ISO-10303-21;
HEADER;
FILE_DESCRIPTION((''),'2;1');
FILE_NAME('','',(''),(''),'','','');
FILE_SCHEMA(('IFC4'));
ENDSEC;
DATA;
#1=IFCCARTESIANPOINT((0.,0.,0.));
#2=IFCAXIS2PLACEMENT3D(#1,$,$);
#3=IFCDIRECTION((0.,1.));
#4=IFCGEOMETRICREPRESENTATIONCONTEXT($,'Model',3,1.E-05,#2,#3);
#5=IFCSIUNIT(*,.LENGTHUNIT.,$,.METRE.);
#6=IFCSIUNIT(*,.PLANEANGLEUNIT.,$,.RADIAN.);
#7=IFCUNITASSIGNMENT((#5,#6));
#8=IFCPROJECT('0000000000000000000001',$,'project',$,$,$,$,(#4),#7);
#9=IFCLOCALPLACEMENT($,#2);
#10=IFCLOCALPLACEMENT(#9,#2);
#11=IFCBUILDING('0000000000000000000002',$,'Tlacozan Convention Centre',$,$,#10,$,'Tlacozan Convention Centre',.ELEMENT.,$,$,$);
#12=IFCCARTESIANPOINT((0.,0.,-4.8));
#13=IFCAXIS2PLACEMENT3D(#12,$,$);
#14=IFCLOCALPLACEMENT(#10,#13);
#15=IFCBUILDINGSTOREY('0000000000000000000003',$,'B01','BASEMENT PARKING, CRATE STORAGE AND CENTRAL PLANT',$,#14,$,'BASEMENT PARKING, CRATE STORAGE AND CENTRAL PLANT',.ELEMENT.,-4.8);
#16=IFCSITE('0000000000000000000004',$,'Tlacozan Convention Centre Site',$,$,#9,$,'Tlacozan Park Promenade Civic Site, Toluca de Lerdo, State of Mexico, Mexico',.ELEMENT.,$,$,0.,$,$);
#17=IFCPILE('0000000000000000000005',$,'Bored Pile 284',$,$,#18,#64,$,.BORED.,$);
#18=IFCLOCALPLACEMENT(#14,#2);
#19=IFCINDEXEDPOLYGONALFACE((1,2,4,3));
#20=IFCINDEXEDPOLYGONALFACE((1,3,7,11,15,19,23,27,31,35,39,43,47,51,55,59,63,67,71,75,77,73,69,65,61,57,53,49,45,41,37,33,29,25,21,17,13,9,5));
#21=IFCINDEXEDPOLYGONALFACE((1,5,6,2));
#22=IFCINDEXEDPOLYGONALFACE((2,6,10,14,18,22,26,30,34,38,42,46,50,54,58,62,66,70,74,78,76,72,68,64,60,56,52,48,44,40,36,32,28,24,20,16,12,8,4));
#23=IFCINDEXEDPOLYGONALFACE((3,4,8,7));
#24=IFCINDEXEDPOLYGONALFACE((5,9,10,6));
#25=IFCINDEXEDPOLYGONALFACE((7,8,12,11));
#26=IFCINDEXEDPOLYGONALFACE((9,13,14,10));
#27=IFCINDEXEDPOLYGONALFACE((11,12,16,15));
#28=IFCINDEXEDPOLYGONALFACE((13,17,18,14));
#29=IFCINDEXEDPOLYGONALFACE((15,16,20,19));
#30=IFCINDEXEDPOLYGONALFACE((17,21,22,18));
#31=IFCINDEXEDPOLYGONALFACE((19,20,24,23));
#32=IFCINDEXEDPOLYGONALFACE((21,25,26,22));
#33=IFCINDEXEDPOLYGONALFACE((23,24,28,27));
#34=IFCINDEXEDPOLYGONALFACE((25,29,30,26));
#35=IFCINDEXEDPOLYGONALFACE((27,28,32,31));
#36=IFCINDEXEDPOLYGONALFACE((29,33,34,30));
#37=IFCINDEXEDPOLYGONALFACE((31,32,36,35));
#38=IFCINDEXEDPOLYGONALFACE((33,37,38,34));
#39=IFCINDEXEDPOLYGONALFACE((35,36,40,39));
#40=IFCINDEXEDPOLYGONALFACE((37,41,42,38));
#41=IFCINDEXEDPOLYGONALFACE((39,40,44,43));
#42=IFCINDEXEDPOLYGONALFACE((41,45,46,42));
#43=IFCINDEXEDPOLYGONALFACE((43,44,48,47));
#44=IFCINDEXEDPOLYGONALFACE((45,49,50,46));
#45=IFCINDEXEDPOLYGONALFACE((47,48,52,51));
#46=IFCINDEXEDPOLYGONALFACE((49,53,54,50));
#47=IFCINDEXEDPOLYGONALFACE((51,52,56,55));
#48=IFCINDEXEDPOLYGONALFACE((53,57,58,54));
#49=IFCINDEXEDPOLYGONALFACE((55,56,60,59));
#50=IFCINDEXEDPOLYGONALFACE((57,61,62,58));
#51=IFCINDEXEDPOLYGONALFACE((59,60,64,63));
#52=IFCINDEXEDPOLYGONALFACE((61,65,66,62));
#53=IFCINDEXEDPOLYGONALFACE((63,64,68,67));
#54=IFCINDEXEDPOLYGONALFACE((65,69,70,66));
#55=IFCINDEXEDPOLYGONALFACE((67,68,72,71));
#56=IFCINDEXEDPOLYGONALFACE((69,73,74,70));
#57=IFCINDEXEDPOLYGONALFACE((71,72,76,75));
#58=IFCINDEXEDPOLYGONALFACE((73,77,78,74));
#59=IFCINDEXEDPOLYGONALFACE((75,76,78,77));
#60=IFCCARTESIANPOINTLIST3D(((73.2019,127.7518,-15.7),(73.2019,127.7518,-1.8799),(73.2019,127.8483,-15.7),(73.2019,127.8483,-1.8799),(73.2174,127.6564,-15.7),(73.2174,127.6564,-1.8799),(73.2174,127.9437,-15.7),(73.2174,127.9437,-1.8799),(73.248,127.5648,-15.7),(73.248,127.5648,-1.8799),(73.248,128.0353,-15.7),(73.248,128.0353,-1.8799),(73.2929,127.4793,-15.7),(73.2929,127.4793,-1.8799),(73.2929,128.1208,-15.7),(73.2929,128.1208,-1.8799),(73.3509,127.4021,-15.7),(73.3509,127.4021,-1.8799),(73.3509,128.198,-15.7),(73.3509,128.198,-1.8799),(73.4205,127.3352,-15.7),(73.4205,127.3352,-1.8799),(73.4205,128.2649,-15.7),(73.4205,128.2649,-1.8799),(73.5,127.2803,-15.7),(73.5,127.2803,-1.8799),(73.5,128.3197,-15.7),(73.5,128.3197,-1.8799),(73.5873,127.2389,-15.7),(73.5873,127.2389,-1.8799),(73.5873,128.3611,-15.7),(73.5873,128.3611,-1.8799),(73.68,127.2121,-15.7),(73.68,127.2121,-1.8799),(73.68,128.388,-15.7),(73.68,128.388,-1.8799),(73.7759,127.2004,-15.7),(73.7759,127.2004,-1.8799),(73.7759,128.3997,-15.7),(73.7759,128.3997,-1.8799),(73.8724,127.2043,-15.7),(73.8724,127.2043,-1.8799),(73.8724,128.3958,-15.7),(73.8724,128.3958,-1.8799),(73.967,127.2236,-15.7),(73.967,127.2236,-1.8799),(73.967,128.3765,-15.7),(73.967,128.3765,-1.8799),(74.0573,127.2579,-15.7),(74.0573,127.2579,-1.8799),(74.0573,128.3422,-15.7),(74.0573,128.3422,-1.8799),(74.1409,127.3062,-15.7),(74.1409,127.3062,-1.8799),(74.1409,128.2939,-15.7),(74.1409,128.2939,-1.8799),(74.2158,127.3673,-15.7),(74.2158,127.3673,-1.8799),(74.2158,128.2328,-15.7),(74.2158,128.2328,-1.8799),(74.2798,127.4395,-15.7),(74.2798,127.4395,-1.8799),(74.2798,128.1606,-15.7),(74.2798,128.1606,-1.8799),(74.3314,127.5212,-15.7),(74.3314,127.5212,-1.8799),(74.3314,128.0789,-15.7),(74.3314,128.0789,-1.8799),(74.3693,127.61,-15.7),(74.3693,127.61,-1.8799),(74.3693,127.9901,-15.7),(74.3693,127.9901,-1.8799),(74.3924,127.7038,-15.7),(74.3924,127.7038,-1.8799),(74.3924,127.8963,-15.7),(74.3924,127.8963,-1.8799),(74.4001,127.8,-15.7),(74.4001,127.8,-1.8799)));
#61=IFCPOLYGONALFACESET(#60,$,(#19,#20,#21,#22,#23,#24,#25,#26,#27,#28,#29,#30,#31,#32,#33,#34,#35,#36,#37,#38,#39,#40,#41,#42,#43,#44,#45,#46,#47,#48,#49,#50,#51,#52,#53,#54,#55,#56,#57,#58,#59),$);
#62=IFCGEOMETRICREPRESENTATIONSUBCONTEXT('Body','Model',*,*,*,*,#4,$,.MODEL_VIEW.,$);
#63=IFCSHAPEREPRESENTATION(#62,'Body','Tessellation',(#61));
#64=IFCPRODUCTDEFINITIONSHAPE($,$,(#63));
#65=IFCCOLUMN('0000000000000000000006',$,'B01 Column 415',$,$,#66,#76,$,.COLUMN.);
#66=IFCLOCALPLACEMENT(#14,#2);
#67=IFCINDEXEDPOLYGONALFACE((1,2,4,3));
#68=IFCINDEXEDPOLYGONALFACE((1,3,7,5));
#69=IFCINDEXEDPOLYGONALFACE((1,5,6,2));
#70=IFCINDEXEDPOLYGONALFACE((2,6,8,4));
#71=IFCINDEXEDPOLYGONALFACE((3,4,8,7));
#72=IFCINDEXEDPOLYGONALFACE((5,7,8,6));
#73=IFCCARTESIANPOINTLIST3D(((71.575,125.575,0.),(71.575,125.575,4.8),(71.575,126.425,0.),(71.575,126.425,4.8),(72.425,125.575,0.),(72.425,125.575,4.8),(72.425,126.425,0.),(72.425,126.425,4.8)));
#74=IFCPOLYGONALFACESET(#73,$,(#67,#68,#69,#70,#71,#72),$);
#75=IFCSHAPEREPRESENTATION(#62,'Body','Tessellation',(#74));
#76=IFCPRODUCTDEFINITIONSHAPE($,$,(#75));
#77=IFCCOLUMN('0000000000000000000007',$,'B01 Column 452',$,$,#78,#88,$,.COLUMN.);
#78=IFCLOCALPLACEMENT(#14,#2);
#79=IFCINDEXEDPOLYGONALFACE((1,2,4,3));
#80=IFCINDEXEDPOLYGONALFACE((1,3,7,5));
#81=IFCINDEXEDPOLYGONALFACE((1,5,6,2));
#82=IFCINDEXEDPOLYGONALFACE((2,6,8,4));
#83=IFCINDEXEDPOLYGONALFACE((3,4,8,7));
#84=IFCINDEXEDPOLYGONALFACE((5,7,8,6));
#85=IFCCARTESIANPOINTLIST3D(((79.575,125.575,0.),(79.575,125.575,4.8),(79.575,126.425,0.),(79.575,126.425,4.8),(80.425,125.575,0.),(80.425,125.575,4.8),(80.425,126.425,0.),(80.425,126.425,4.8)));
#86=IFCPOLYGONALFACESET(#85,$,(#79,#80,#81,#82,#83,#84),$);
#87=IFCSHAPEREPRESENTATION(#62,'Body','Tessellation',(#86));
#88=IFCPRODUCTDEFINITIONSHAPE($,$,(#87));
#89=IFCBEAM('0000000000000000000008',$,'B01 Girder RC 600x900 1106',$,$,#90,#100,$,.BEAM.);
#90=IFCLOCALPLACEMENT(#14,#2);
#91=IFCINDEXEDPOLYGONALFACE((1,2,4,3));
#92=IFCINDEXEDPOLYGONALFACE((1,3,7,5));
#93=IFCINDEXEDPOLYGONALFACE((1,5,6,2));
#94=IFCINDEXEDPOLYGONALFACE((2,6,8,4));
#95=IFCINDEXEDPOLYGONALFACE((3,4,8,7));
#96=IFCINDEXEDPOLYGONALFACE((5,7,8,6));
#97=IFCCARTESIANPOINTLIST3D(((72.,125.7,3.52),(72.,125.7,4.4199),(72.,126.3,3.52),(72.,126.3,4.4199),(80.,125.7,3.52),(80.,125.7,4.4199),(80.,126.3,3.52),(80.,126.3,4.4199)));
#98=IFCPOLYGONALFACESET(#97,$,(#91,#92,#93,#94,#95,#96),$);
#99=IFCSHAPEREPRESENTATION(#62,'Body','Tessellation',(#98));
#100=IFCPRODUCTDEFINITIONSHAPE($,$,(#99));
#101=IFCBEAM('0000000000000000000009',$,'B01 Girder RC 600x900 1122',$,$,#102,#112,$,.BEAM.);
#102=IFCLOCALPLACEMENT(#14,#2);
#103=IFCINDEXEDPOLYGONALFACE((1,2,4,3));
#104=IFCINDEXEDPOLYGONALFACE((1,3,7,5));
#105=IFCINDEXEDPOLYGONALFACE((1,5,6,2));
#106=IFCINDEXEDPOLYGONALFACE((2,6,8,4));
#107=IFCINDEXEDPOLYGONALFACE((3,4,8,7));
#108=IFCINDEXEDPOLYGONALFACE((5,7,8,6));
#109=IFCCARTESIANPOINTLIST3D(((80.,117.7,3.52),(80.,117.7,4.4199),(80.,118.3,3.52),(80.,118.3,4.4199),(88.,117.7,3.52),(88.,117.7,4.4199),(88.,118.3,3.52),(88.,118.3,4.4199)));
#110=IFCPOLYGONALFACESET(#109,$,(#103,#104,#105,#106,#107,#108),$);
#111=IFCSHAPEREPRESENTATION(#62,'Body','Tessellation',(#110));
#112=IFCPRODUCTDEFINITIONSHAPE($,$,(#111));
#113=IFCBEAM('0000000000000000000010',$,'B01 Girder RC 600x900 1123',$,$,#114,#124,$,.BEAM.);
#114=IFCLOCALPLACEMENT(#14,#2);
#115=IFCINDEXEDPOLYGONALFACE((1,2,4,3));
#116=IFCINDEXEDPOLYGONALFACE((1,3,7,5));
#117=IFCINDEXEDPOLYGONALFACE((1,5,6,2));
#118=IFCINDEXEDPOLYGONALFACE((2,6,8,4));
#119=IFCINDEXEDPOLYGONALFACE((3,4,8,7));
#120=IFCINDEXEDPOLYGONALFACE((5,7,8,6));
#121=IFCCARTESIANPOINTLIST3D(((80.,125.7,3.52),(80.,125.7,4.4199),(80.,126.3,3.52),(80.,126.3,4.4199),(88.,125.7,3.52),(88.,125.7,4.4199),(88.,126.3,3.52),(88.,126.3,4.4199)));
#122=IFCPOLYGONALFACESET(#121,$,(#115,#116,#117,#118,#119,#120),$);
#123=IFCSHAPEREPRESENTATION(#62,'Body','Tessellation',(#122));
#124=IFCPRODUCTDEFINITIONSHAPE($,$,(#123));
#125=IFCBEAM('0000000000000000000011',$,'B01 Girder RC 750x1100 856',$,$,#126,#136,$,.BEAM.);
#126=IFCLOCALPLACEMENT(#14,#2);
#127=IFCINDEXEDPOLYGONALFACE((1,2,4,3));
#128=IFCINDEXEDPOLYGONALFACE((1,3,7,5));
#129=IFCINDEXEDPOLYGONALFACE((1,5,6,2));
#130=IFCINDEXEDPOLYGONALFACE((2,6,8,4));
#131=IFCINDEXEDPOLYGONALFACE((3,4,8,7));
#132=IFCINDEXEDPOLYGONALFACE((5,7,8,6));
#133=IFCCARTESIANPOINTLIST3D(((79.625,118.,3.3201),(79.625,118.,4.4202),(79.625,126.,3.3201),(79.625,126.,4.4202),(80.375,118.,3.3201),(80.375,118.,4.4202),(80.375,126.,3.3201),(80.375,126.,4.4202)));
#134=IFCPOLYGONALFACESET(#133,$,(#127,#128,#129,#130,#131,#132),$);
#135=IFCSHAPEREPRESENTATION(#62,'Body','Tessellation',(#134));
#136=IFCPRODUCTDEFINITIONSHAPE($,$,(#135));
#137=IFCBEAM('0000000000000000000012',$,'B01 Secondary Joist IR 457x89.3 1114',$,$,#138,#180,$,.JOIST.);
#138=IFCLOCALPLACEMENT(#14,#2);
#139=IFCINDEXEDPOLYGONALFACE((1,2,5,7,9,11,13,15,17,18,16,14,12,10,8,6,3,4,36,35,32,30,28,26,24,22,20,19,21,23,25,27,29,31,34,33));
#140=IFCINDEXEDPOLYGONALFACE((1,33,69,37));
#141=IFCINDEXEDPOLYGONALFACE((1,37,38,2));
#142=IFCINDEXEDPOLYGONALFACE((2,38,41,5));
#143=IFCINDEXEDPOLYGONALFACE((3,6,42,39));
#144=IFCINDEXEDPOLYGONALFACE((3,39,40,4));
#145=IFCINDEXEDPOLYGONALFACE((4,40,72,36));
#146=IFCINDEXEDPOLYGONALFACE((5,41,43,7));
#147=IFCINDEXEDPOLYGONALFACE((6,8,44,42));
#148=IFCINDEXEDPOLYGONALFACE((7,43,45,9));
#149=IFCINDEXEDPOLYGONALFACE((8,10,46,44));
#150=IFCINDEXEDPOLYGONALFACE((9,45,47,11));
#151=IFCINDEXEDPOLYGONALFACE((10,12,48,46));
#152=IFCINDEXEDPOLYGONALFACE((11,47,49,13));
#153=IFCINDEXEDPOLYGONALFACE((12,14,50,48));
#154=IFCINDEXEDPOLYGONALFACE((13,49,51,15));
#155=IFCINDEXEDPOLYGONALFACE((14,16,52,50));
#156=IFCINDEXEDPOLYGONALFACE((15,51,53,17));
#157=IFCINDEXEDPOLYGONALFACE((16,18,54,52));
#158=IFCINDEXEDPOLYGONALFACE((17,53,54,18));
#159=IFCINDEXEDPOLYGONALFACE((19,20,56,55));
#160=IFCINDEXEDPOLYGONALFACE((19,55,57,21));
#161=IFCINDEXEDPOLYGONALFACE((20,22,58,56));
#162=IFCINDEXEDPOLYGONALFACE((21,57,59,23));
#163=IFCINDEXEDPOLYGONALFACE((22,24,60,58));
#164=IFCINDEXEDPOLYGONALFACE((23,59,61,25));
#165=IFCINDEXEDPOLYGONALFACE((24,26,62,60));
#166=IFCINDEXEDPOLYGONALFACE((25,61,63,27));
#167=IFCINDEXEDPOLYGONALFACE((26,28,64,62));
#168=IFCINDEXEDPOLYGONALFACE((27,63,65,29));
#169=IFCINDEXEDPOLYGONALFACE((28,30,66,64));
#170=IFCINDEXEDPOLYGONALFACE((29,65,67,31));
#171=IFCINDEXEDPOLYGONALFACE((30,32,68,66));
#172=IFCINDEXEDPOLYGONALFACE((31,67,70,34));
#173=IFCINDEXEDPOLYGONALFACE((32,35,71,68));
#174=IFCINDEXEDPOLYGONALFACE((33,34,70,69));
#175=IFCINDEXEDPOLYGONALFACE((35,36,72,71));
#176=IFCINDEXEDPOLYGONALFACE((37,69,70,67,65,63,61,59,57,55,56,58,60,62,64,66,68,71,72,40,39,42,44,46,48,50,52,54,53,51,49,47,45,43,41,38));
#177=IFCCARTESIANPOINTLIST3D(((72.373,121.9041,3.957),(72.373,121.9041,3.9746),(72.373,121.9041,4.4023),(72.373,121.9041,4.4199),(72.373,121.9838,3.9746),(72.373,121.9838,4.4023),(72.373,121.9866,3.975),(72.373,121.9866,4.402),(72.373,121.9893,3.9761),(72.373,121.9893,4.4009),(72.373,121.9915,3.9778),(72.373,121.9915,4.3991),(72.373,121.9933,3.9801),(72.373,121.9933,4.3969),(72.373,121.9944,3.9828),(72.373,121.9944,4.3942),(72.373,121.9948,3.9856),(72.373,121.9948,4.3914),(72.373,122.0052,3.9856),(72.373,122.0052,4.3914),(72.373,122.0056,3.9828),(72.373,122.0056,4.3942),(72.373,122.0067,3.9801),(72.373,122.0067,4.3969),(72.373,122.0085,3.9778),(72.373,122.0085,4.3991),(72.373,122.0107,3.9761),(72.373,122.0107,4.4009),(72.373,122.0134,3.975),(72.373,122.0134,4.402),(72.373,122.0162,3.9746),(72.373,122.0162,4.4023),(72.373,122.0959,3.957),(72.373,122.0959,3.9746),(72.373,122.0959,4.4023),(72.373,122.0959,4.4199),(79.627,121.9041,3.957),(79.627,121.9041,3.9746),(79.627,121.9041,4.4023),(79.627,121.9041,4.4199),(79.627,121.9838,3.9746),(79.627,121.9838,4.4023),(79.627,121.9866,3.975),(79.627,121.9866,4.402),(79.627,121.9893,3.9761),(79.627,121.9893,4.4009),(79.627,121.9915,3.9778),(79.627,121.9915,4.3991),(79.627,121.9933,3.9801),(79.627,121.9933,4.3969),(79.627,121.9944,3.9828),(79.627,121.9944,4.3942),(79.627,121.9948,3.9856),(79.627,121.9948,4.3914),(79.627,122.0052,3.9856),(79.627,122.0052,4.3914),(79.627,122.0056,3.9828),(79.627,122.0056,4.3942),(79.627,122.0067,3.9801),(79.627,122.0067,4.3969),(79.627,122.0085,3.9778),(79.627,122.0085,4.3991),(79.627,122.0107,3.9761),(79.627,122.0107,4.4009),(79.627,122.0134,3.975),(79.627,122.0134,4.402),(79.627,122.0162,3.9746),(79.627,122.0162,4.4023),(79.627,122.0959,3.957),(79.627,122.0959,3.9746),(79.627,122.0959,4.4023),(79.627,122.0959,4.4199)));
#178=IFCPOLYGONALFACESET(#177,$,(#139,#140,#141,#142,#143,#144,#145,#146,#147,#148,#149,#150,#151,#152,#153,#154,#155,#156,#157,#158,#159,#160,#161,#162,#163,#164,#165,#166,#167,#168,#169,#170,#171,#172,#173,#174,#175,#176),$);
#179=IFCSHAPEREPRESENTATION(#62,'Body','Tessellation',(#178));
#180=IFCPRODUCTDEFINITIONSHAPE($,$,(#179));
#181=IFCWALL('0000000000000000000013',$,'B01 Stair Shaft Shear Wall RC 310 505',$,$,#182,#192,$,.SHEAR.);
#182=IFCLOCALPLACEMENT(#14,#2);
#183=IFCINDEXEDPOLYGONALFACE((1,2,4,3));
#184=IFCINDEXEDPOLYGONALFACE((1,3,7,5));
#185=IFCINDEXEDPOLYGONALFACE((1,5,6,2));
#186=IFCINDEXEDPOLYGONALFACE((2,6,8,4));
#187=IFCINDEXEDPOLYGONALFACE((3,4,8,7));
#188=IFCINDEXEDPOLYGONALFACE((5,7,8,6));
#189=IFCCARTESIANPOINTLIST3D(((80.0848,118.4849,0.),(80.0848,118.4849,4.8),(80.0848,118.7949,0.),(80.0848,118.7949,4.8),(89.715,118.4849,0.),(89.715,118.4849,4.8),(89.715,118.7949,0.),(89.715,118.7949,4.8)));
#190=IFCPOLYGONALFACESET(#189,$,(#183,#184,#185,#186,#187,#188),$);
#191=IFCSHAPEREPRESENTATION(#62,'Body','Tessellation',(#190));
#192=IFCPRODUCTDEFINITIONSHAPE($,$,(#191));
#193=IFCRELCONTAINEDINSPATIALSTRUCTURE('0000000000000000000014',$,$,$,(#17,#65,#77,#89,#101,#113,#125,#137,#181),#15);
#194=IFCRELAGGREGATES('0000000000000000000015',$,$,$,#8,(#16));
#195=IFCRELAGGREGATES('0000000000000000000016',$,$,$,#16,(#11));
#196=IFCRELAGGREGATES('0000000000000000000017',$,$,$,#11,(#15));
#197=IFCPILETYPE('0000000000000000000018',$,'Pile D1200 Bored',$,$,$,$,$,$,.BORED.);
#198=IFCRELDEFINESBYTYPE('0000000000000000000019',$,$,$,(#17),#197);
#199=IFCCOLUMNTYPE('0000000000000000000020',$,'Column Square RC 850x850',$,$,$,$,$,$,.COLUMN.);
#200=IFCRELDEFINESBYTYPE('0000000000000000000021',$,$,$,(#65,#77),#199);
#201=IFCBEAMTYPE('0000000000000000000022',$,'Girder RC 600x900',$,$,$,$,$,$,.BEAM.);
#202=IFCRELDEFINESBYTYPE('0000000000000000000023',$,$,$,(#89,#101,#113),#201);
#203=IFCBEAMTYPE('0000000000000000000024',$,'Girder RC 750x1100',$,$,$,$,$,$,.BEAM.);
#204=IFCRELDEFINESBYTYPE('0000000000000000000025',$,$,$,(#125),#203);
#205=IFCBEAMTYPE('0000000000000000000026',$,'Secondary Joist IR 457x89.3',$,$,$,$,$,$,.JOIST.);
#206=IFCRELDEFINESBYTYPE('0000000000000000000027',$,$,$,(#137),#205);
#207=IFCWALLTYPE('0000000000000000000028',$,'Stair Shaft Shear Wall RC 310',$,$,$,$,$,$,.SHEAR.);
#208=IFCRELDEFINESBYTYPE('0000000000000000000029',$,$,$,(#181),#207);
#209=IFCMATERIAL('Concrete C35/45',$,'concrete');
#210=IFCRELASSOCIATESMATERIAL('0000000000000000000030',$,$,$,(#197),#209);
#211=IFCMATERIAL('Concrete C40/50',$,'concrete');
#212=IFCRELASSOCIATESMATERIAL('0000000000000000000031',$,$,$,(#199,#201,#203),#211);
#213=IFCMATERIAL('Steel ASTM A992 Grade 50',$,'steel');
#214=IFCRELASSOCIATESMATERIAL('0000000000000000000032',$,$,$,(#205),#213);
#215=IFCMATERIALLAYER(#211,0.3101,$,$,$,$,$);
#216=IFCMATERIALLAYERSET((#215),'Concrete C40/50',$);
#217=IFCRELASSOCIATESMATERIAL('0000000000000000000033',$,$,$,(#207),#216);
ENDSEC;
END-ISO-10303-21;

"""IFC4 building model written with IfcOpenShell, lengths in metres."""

from ifc_helpers import new_model, si_unit, direction, frame, frame_2d, origin, origin_2d, place, context, subcontext, project, spatial, rectangle, circle, i_section, extrude, material, layer, layer_set, material_profile, profile_set, type_object, element, save


model = new_model("IFC4")

# Units and contexts
model_context = context("Model", 3, precision=1e-05, world=origin(), true_north=direction((0.0, 1.0)))
body_context = subcontext(model_context, "Body", "Model", "MODEL_VIEW")
ifc_project = project(units=[si_unit("LENGTHUNIT", "METRE"), si_unit("PLANEANGLEUNIT", "RADIAN")], contexts=[model_context])

# Site, building, storey
site_placement = place(None, origin())
site = spatial("IfcSite", under=ifc_project, at=site_placement, Name="Tlacozan Convention Centre Site", LongName="Tlacozan Park Promenade Civic Site, Toluca de Lerdo, State of Mexico, Mexico", CompositionType="ELEMENT", RefElevation=0.0)
building_placement = place(site_placement, origin())
building = spatial("IfcBuilding", under=site, at=building_placement, Name="Tlacozan Convention Centre", LongName="Tlacozan Convention Centre", CompositionType="ELEMENT")
storey_placement = place(building_placement, frame((0.0, 0.0, -4.8)))
storey = spatial("IfcBuildingStorey", under=building, at=storey_placement, Name="B01", Description="BASEMENT PARKING, CRATE STORAGE AND CENTRAL PLANT", LongName="BASEMENT PARKING, CRATE STORAGE AND CENTRAL PLANT", CompositionType="ELEMENT", Elevation=-4.8)

# Shared definitions
ifc_material_1 = material(Name="Concrete C35/45", Category="concrete")

# Pile
ifc_material_profile_1 = material_profile(ifc_material_1, circle(Radius=0.6001, at=origin_2d()), Name="PILE D1200")
ifc_profile_set_1 = profile_set([ifc_material_profile_1], Name="Concrete C35/45")
pile_type_1 = type_object("IfcPileType", Name="Pile D1200 Bored", PredefinedType="BORED", material=ifc_profile_set_1)
for number, where, z_axis, x_axis, name in (
    (1, (73.8, 127.8, -1.8799), (0.0, 0.0, -1.0), (1.0, 0.0, 0.0), "Bored Pile 284"),
):
    element("IfcPile", number, at=place(storey_placement, frame(where, z_axis=z_axis, x_axis=x_axis)), inside=storey, type_object=pile_type_1, Name=name, PredefinedType="BORED", context=body_context, shape_type="SweptSolid", body=[
        extrude(circle(Radius=0.6001, at=origin_2d()), origin(), (0.0, 0.0, 1.0), 13.8201),
    ])

# Columns
ifc_material_2 = material(Name="Concrete C40/50", Category="concrete")
ifc_material_profile_2 = material_profile(ifc_material_2, rectangle(XDim=0.8501, YDim=0.8501, at=origin_2d()), Name="RC 850x850")
ifc_profile_set_2 = profile_set([ifc_material_profile_2], Name="Concrete C40/50")
column_type = type_object("IfcColumnType", Name="Column Square RC 850x850", PredefinedType="COLUMN", material=ifc_profile_set_2)
for number, where, z_axis, x_axis, name in (
    (2, (72.0, 126.0, 0.0), (0.0, 0.0, 1.0), (1.0, 0.0, 0.0), "B01 Column 415"),
    (3, (80.0, 126.0, 0.0), (0.0, 0.0, 1.0), (1.0, 0.0, 0.0), "B01 Column 452"),
):
    element("IfcColumn", number, at=place(storey_placement, frame(where, z_axis=z_axis, x_axis=x_axis)), inside=storey, type_object=column_type, Name=name, PredefinedType="COLUMN", context=body_context, shape_type="SweptSolid", body=[
        extrude(rectangle(XDim=0.8501, YDim=0.8501, at=origin_2d()), origin(), (0.0, 0.0, 1.0), 4.8),
    ])

# Beams
ifc_material_profile_3 = material_profile(ifc_material_2, rectangle(XDim=0.6001, YDim=0.8999, at=origin_2d()), Name="RC 600x900")
ifc_profile_set_3 = profile_set([ifc_material_profile_3], Name="Concrete C40/50")
beam_type_1 = type_object("IfcBeamType", Name="Girder RC 600x900", PredefinedType="BEAM", material=ifc_profile_set_3)
for number, where, z_axis, x_axis, name in (
    (4, (72.0, 126.0, 3.97), (1.0, 0.0, 0.0), (0.0, 1.0, 0.0), "B01 Girder RC 600x900 1106"),
    (5, (80.0, 118.0, 3.97), (1.0, 0.0, 0.0), (0.0, 1.0, 0.0), "B01 Girder RC 600x900 1122"),
    (6, (80.0, 126.0, 3.97), (1.0, 0.0, 0.0), (0.0, 1.0, 0.0), "B01 Girder RC 600x900 1123"),
):
    element("IfcBeam", number, at=place(storey_placement, frame(where, z_axis=z_axis, x_axis=x_axis)), inside=storey, type_object=beam_type_1, Name=name, PredefinedType="BEAM", context=body_context, shape_type="SweptSolid", body=[
        extrude(rectangle(XDim=0.6001, YDim=0.8999, at=origin_2d()), origin(), (0.0, 0.0, 1.0), 8.0),
    ])
ifc_material_profile_4 = material_profile(ifc_material_2, rectangle(XDim=0.75, YDim=1.1001, at=origin_2d()), Name="RC 750x1100")
ifc_profile_set_4 = profile_set([ifc_material_profile_4], Name="Concrete C40/50")
beam_type_2 = type_object("IfcBeamType", Name="Girder RC 750x1100", PredefinedType="BEAM", material=ifc_profile_set_4)
beam_1_placement = place(storey_placement, frame((80.0, 118.0, 3.8701), z_axis=(0.0, 1.0, 0.0), x_axis=(-1.0, 0.0, 0.0)))
element("IfcBeam", 7, at=beam_1_placement, inside=storey, type_object=beam_type_2, Name="B01 Girder RC 750x1100 856", PredefinedType="BEAM", context=body_context, shape_type="SweptSolid", body=[
    extrude(rectangle(XDim=0.75, YDim=1.1001, at=origin_2d()), origin(), (0.0, 0.0, 1.0), 8.0),
])
ifc_material_3 = material(Name="Steel ASTM A992 Grade 50", Category="steel")
ifc_material_profile_5 = material_profile(ifc_material_3, i_section(OverallWidth=0.1919, OverallDepth=0.4629, WebThickness=0.0105, FlangeThickness=0.0176, FilletRadius=0.011, at=origin_2d()), Name="IR 457x89.3")
ifc_profile_set_5 = profile_set([ifc_material_profile_5], Name="Steel ASTM A992 Grade 50")
beam_type_3 = type_object("IfcBeamType", Name="Secondary Joist IR 457x89.3", PredefinedType="JOIST", material=ifc_profile_set_5)
beam_2_placement = place(storey_placement, frame((72.373, 122.0, 4.1885), z_axis=(1.0, 0.0, 0.0), x_axis=(0.0, 1.0, 0.0)))
element("IfcBeam", 8, at=beam_2_placement, inside=storey, type_object=beam_type_3, Name="B01 Secondary Joist IR 457x89.3 1114", PredefinedType="JOIST", context=body_context, shape_type="SweptSolid", body=[
    extrude(i_section(OverallWidth=0.1919, OverallDepth=0.4629, WebThickness=0.0105, FlangeThickness=0.0176, FilletRadius=0.011, at=origin_2d()), origin(), (0.0, 0.0, 1.0), 7.2539),
])

# Wall
ifc_layer_1 = layer(ifc_material_2, 0.3101)
ifc_layer_set_1 = layer_set([ifc_layer_1], Name="Concrete C40/50")
wall_type = type_object("IfcWallType", Name="Stair Shaft Shear Wall RC 310", PredefinedType="SHEAR", material=ifc_layer_set_1)
for number, where, z_axis, x_axis, name in (
    (9, (80.085, 118.6399, 0.0), (0.0, 0.0, 1.0), (1.0, 0.0, 0.0), "B01 Stair Shaft Shear Wall RC 310 505"),
):
    element("IfcWall", number, at=place(storey_placement, frame(where, z_axis=z_axis, x_axis=x_axis)), inside=storey, type_object=wall_type, Name=name, PredefinedType="SHEAR", context=body_context, shape_type="SweptSolid", body=[
        extrude(rectangle(XDim=9.6301, YDim=0.3101, at=frame_2d((4.8149, 0.0))), origin(), (0.0, 0.0, 1.0), 4.8),
    ])

save(model, "model.ifc")
